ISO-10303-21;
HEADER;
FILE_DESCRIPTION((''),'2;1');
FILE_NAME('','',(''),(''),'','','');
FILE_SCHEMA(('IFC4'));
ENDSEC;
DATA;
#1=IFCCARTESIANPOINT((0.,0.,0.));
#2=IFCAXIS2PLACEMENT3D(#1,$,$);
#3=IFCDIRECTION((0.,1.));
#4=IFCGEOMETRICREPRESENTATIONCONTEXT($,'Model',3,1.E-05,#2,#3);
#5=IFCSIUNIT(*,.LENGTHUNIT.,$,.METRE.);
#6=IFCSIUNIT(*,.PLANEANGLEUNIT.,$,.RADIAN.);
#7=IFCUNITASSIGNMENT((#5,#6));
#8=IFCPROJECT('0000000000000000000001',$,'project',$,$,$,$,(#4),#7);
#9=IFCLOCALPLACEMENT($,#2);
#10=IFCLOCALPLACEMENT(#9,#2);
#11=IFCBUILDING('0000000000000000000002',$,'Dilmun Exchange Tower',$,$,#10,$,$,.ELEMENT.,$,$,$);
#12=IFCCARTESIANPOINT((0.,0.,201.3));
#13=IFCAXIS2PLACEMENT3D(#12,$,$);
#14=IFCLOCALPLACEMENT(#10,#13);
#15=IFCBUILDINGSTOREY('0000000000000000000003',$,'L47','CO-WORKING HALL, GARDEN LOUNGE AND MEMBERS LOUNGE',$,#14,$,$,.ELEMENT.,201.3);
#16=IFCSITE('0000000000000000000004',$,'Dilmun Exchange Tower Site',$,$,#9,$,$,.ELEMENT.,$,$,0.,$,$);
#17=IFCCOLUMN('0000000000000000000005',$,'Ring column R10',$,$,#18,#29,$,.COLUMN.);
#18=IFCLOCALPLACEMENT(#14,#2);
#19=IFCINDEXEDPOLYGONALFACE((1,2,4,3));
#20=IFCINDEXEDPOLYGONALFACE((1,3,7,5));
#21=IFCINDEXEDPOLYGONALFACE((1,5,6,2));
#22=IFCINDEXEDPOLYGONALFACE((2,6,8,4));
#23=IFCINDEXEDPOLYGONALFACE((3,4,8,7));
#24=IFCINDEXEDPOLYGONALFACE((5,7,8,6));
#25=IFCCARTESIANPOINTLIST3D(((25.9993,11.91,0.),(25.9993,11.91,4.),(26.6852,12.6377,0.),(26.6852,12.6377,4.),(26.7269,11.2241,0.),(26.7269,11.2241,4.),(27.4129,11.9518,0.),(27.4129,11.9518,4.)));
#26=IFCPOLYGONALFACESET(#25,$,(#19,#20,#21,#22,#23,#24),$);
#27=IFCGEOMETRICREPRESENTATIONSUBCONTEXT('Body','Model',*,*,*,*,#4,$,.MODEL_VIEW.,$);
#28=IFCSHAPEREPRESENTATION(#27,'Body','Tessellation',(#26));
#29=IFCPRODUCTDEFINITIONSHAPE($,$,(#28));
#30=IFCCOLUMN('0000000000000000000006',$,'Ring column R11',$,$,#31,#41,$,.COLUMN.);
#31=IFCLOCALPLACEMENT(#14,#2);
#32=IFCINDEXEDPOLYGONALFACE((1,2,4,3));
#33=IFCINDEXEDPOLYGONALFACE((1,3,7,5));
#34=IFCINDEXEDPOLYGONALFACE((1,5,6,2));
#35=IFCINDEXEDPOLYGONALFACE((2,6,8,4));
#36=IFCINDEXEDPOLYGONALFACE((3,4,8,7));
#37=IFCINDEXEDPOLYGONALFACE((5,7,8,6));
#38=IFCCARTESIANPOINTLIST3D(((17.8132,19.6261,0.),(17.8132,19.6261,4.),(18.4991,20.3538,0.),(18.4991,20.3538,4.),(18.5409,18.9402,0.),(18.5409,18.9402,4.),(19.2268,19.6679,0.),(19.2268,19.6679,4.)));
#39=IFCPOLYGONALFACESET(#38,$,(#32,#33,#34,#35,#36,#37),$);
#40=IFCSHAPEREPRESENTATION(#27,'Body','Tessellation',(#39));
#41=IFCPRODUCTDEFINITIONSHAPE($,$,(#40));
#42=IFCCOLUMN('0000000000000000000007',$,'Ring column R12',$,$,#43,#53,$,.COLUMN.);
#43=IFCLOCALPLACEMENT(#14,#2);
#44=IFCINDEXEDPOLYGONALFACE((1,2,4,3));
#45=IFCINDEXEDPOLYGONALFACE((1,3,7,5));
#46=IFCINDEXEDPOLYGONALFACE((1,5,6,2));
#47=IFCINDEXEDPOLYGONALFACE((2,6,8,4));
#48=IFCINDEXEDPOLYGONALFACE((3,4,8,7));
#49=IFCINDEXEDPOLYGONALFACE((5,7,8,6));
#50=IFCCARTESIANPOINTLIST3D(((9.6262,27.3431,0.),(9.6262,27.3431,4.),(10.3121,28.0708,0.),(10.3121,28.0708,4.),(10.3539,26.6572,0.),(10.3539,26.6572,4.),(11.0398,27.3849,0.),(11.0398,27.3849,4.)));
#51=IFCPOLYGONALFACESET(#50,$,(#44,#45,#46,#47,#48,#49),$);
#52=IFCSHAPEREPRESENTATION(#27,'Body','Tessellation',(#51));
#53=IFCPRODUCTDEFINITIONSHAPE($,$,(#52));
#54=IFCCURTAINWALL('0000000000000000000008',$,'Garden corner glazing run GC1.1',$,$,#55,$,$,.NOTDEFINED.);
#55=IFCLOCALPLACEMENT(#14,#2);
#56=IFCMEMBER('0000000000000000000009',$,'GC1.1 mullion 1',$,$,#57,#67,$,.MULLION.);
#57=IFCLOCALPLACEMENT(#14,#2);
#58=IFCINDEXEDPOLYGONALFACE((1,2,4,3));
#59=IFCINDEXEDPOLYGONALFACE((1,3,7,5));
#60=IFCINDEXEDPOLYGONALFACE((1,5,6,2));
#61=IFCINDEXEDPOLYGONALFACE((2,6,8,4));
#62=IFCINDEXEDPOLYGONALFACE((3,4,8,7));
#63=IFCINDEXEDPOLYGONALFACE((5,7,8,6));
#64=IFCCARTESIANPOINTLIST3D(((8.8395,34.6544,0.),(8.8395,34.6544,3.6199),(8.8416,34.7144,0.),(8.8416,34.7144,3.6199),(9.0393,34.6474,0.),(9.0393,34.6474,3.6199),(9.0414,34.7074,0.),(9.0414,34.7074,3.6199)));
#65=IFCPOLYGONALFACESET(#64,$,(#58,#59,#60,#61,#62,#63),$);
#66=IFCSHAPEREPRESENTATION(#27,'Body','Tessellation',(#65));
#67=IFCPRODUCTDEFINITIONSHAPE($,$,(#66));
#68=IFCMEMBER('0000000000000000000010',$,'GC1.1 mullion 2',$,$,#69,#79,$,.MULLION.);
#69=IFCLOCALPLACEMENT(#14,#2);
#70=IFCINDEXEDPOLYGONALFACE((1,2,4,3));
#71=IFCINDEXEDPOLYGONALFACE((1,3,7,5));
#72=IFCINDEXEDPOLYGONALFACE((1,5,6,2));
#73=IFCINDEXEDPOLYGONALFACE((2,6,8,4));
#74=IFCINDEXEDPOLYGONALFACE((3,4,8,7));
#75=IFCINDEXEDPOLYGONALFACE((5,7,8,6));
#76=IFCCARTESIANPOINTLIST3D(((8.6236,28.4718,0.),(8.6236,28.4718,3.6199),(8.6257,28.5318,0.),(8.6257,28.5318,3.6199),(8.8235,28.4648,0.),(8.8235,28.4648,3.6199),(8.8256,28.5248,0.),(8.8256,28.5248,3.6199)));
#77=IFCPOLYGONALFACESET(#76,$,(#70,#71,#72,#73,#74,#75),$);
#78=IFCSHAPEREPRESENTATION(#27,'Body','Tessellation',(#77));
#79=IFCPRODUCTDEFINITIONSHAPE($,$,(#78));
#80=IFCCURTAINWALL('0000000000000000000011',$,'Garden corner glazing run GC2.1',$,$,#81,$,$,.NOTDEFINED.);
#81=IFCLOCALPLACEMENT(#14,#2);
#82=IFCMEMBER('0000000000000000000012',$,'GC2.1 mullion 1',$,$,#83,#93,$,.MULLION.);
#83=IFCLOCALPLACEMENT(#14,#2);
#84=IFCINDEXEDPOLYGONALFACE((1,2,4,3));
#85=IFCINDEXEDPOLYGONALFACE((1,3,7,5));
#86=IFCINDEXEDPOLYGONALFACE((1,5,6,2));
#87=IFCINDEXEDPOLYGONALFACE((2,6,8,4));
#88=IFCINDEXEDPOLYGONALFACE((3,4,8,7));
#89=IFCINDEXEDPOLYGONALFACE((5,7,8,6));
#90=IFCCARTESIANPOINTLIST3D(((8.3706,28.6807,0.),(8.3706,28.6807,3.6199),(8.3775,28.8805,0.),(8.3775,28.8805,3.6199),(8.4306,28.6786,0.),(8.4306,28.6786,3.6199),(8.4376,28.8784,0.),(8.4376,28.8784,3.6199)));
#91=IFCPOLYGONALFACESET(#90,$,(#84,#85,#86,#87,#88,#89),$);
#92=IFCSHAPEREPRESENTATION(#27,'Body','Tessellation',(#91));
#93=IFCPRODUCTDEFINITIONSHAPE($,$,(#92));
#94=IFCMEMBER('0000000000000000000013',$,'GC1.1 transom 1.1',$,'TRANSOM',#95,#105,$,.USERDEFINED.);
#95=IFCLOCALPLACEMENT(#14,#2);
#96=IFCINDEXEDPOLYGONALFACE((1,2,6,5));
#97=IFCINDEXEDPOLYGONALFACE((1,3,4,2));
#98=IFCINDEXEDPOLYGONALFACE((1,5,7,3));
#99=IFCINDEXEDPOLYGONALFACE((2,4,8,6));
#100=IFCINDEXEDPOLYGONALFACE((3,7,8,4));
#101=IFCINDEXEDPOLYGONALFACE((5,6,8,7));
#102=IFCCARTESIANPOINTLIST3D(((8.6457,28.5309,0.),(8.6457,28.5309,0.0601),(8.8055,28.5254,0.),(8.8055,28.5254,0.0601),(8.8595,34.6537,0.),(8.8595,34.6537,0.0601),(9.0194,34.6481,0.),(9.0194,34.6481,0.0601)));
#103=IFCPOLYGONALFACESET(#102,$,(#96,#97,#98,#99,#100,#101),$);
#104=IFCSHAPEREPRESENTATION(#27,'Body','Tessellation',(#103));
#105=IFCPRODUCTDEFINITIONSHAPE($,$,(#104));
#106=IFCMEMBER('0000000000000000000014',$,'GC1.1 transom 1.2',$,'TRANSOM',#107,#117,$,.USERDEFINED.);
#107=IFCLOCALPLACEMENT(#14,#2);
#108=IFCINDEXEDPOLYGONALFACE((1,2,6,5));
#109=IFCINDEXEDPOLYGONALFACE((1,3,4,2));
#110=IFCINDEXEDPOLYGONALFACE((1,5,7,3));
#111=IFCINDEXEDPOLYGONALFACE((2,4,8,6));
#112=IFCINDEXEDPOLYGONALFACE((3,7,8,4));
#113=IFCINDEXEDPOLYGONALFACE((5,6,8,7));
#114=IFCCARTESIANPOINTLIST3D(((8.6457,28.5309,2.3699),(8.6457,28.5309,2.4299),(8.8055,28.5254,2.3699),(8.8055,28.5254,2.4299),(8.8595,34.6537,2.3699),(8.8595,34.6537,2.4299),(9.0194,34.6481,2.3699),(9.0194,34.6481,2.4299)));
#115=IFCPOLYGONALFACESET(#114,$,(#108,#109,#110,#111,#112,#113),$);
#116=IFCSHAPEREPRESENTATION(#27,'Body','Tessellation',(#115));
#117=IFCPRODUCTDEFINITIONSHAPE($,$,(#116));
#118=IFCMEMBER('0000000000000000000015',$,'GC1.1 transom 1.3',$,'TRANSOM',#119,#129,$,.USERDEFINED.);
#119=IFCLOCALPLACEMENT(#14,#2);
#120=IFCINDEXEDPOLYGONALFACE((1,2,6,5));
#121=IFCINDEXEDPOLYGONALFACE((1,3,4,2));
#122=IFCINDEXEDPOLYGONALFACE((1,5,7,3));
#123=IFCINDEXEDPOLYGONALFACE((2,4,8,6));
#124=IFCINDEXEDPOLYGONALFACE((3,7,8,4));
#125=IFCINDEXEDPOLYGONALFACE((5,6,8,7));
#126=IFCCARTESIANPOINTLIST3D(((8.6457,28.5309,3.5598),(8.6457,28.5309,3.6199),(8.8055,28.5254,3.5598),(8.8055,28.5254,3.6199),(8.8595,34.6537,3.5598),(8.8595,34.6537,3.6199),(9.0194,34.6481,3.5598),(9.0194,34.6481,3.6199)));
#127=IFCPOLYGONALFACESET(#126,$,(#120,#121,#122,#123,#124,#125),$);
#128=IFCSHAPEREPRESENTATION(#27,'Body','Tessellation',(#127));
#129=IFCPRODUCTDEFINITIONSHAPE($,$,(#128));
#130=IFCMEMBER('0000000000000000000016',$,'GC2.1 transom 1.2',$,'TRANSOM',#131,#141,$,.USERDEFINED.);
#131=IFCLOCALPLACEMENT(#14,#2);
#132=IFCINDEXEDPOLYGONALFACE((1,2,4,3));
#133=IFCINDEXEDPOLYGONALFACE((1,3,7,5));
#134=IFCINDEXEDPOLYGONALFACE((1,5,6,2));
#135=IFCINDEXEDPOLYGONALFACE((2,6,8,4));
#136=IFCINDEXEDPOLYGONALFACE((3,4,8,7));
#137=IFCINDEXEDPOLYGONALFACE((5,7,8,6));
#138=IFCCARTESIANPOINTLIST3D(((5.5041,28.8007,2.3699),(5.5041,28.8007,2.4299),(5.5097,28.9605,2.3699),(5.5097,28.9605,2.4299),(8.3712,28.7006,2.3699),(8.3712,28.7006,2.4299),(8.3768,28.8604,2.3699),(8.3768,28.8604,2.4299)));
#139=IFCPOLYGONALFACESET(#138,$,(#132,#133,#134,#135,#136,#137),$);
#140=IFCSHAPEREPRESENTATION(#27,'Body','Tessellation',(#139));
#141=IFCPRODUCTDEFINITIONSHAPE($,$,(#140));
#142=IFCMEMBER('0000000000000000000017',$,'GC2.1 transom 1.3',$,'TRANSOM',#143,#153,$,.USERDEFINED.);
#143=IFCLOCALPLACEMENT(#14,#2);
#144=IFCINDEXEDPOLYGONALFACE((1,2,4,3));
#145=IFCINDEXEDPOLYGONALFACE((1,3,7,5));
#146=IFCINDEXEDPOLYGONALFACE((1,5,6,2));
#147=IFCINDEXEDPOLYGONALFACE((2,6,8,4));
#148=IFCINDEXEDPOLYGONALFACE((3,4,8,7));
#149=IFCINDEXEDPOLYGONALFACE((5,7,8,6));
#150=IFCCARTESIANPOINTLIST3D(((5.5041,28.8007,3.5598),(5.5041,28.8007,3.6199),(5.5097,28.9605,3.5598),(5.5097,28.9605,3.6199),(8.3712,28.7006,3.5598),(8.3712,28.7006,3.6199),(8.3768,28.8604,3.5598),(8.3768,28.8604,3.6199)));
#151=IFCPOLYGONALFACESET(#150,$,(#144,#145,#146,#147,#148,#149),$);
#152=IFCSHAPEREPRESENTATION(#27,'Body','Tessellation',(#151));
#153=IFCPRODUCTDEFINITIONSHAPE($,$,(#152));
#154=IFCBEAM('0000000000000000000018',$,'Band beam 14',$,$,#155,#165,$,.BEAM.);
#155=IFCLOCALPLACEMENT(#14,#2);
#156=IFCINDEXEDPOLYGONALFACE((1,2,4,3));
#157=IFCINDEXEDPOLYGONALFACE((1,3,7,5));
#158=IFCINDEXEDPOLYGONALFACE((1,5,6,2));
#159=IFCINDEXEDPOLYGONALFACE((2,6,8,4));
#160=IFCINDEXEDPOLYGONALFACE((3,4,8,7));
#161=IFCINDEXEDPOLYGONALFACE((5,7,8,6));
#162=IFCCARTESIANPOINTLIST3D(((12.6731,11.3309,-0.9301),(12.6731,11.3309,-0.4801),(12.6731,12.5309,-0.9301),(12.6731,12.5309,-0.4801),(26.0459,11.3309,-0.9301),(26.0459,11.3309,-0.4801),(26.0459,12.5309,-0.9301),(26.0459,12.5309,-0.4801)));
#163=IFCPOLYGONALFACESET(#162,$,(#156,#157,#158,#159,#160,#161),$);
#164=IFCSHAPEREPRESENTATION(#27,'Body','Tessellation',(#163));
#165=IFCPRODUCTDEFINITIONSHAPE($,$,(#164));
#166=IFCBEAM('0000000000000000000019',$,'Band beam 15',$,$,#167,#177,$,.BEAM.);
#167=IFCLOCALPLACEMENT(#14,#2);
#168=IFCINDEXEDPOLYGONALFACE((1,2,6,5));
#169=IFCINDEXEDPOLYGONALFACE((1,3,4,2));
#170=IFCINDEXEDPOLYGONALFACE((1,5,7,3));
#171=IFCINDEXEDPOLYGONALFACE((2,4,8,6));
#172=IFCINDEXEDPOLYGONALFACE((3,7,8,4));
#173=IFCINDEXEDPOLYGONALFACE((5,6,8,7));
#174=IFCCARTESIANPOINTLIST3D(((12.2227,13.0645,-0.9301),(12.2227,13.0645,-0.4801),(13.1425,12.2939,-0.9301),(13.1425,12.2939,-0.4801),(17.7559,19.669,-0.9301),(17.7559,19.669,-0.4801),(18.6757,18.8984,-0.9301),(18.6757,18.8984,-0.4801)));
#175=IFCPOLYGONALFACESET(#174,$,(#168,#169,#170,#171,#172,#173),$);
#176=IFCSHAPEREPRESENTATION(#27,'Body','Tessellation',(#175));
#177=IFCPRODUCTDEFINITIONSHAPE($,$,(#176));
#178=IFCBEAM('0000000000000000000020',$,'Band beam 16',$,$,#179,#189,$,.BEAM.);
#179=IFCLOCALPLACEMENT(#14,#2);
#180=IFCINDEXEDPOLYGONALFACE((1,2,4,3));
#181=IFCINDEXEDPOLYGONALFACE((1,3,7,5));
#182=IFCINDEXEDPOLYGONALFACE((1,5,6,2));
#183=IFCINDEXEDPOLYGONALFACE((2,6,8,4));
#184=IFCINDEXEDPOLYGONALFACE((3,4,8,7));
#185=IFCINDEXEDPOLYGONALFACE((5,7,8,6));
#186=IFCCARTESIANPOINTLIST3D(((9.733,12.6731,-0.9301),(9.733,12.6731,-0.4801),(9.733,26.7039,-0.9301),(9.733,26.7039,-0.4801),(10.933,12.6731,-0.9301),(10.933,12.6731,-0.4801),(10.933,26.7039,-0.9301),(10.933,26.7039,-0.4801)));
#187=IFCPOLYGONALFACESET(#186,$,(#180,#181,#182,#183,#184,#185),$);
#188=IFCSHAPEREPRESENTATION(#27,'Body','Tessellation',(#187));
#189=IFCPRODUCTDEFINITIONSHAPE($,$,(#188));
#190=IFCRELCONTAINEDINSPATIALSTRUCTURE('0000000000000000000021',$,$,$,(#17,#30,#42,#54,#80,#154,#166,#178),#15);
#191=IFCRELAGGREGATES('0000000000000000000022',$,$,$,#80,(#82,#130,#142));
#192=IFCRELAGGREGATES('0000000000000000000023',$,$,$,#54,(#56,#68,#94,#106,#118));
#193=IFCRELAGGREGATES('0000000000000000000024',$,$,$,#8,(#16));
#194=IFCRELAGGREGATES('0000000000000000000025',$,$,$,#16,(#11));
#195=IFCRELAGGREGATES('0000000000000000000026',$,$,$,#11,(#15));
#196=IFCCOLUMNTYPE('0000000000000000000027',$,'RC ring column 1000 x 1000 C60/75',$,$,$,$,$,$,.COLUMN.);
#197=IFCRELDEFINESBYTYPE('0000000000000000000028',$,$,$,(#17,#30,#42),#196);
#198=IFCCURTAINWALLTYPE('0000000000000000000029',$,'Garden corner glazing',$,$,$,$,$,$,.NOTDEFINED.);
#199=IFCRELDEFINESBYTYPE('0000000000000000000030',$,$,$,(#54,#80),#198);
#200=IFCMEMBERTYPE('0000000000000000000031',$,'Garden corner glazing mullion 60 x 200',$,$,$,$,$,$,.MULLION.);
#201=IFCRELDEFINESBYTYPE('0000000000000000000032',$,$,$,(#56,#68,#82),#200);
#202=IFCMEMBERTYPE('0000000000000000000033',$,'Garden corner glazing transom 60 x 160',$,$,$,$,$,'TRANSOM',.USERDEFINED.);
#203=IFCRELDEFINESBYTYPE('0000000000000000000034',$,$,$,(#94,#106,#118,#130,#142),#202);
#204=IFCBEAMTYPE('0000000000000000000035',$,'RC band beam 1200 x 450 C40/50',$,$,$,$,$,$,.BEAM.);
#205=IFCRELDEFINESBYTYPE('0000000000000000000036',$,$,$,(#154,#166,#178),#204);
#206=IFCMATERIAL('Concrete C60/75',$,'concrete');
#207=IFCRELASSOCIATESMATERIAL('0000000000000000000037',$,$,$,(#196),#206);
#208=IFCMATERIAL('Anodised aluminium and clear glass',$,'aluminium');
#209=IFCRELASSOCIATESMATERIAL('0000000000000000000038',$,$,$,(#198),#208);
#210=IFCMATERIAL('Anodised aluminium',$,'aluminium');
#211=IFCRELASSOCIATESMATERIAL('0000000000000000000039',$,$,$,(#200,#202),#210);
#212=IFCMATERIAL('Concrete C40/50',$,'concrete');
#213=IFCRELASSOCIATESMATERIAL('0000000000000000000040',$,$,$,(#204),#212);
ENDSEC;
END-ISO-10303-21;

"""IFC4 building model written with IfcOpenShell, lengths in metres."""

from ifc_helpers import new_model, si_unit, direction, frame, origin, origin_2d, place, context, subcontext, project, spatial, rectangle, extrude, material, material_profile, profile_set, type_object, element, aggregate, save


model = new_model("IFC4")

# Units and contexts
model_context = context("Model", 3, precision=1e-05, world=origin(), true_north=direction((0.0, 1.0)))
body_context = subcontext(model_context, "Body", "Model", "MODEL_VIEW")
ifc_project = project(units=[si_unit("LENGTHUNIT", "METRE"), si_unit("PLANEANGLEUNIT", "RADIAN")], contexts=[model_context])

# Site, building, storey
site_placement = place(None, origin())
site = spatial("IfcSite", under=ifc_project, at=site_placement, Name="Dilmun Exchange Tower Site", CompositionType="ELEMENT", RefElevation=0.0)
building_placement = place(site_placement, origin())
building = spatial("IfcBuilding", under=site, at=building_placement, Name="Dilmun Exchange Tower", CompositionType="ELEMENT")
storey_placement = place(building_placement, frame((0.0, 0.0, 201.3)))
storey = spatial("IfcBuildingStorey", under=building, at=storey_placement, Name="L47", Description="CO-WORKING HALL, GARDEN LOUNGE AND MEMBERS LOUNGE", CompositionType="ELEMENT", Elevation=201.3)

# Columns
ifc_material_1 = material(Name="Concrete C60/75", Category="concrete")
ifc_material_profile_1 = material_profile(ifc_material_1, rectangle(XDim=1.0, YDim=1.0, at=origin_2d()), Name="1000 x 1000")
ifc_profile_set_1 = profile_set([ifc_material_profile_1], Name="Concrete C60/75")
column_type = type_object("IfcColumnType", Name="RC ring column 1000 x 1000 C60/75", PredefinedType="COLUMN", material=ifc_profile_set_1)
for number, where, z_axis, x_axis, name in (
    (1, (26.7061, 11.9309, 0.0), (0.0, 0.0, 1.0), (0.685916, 0.727681, 0.0), "Ring column R10"),
    (2, (18.52, 19.647, 0.0), (0.0, 0.0, 1.0), (0.685916, 0.727681, 0.0), "Ring column R11"),
    (3, (10.333, 27.364, 0.0), (0.0, 0.0, 1.0), (0.685916, 0.727681, 0.0), "Ring column R12"),
):
    element("IfcColumn", number, at=place(storey_placement, frame(where, z_axis=z_axis, x_axis=x_axis)), inside=storey, type_object=column_type, Name=name, PredefinedType="COLUMN", context=body_context, shape_type="SweptSolid", body=[
        extrude(rectangle(XDim=1.0, YDim=1.0, at=origin_2d()), origin(), (0.0, 0.0, 1.0), 4.0),
    ])

# Curtain wall, members
ifc_material_2 = material(Name="Anodised aluminium and clear glass", Category="aluminium")
curtain_wall_type = type_object("IfcCurtainWallType", Name="Garden corner glazing", PredefinedType="NOTDEFINED", material=ifc_material_2)
curtain_wall_1_placement = place(storey_placement, origin())
curtain_wall_1 = element("IfcCurtainWall", 4, at=curtain_wall_1_placement, inside=storey, type_object=curtain_wall_type, Name="Garden corner glazing run GC1.1", PredefinedType="NOTDEFINED")
ifc_material_3 = material(Name="Anodised aluminium", Category="aluminium")
ifc_material_profile_2 = material_profile(ifc_material_3, rectangle(XDim=0.2, YDim=0.0601, at=origin_2d()), Name="AL 60x200")
ifc_profile_set_2 = profile_set([ifc_material_profile_2], Name="Anodised aluminium")
member_type_1 = type_object("IfcMemberType", Name="Garden corner glazing mullion 60 x 200", PredefinedType="MULLION", material=ifc_profile_set_2)
member_1_placement = place(storey_placement, frame((8.9404, 34.6809, 0.0), z_axis=(0.0, 0.0, 1.0), x_axis=(0.999391, -0.0349, 0.0)))
member_1 = element("IfcMember", 5, at=member_1_placement, type_object=member_type_1, Name="GC1.1 mullion 1", PredefinedType="MULLION", context=body_context, shape_type="SweptSolid", body=[
    extrude(rectangle(XDim=0.2, YDim=0.0601, at=origin_2d()), origin(), (0.0, 0.0, 1.0), 3.6199),
])
member_2_placement = place(storey_placement, frame((8.7246, 28.4983, 0.0), z_axis=(0.0, 0.0, 1.0), x_axis=(0.999391, -0.0349, 0.0)))
member_2 = element("IfcMember", 6, at=member_2_placement, type_object=member_type_1, Name="GC1.1 mullion 2", PredefinedType="MULLION", context=body_context, shape_type="SweptSolid", body=[
    extrude(rectangle(XDim=0.2, YDim=0.0601, at=origin_2d()), origin(), (0.0, 0.0, 1.0), 3.6199),
])

# Curtain wall, member
curtain_wall_2_placement = place(storey_placement, origin())
curtain_wall_2 = element("IfcCurtainWall", 7, at=curtain_wall_2_placement, inside=storey, type_object=curtain_wall_type, Name="Garden corner glazing run GC2.1", PredefinedType="NOTDEFINED")
member_3_placement = place(storey_placement, frame((8.4041, 28.7795, 0.0), z_axis=(0.0, 0.0, 1.0), x_axis=(-0.034893, -0.999391, 0.0)))
member_3 = element("IfcMember", 8, at=member_3_placement, type_object=member_type_1, Name="GC2.1 mullion 1", PredefinedType="MULLION", context=body_context, shape_type="SweptSolid", body=[
    extrude(rectangle(XDim=0.2, YDim=0.0601, at=origin_2d()), origin(), (0.0, 0.0, 1.0), 3.6199),
])

# Members
ifc_material_profile_3 = material_profile(ifc_material_3, rectangle(XDim=0.1599, YDim=0.0601, at=origin_2d()), Name="AL 60x160")
ifc_profile_set_3 = profile_set([ifc_material_profile_3], Name="Anodised aluminium")
member_type_2 = type_object("IfcMemberType", Name="Garden corner glazing transom 60 x 160", ElementType="TRANSOM", PredefinedType="USERDEFINED", material=ifc_profile_set_3)
member_4_placement = place(storey_placement, frame((8.9395, 34.6509, 0.03), z_axis=(-0.034908, -0.999391, 0.0), x_axis=(0.999391, -0.034908, 0.0)))
member_4 = element("IfcMember", 9, at=member_4_placement, type_object=member_type_2, Name="GC1.1 transom 1.1", ObjectType="TRANSOM", PredefinedType="USERDEFINED", context=body_context, shape_type="SweptSolid", body=[
    extrude(rectangle(XDim=0.1599, YDim=0.0601, at=origin_2d()), origin(), (0.0, 0.0, 1.0), 6.1265),
])
member_5_placement = place(storey_placement, frame((8.9395, 34.6509, 2.3999), z_axis=(-0.034908, -0.999391, 0.0), x_axis=(0.999391, -0.034908, 0.0)))
member_5 = element("IfcMember", 10, at=member_5_placement, type_object=member_type_2, Name="GC1.1 transom 1.2", ObjectType="TRANSOM", PredefinedType="USERDEFINED", context=body_context, shape_type="SweptSolid", body=[
    extrude(rectangle(XDim=0.1599, YDim=0.0601, at=origin_2d()), origin(), (0.0, 0.0, 1.0), 6.1265),
])
member_6_placement = place(storey_placement, frame((8.9395, 34.6509, 3.5898), z_axis=(-0.034908, -0.999391, 0.0), x_axis=(0.999391, -0.034908, 0.0)))
member_6 = element("IfcMember", 11, at=member_6_placement, type_object=member_type_2, Name="GC1.1 transom 1.3", ObjectType="TRANSOM", PredefinedType="USERDEFINED", context=body_context, shape_type="SweptSolid", body=[
    extrude(rectangle(XDim=0.1599, YDim=0.0601, at=origin_2d()), origin(), (0.0, 0.0, 1.0), 6.1265),
])
member_7_placement = place(storey_placement, frame((8.374, 28.7805, 2.3999), z_axis=(-0.999391, 0.03489, 0.0), x_axis=(-0.03489, -0.999391, 0.0)))
member_7 = element("IfcMember", 12, at=member_7_placement, type_object=member_type_2, Name="GC2.1 transom 1.2", ObjectType="TRANSOM", PredefinedType="USERDEFINED", context=body_context, shape_type="SweptSolid", body=[
    extrude(rectangle(XDim=0.1599, YDim=0.0601, at=origin_2d()), origin(), (0.0, 0.0, 1.0), 2.8689),
])
member_8_placement = place(storey_placement, frame((8.374, 28.7805, 3.5898), z_axis=(-0.999391, 0.03489, 0.0), x_axis=(-0.03489, -0.999391, 0.0)))
member_8 = element("IfcMember", 13, at=member_8_placement, type_object=member_type_2, Name="GC2.1 transom 1.3", ObjectType="TRANSOM", PredefinedType="USERDEFINED", context=body_context, shape_type="SweptSolid", body=[
    extrude(rectangle(XDim=0.1599, YDim=0.0601, at=origin_2d()), origin(), (0.0, 0.0, 1.0), 2.8689),
])
aggregate(curtain_wall_2, [member_3, member_7, member_8])

# Beams
ifc_material_4 = material(Name="Concrete C40/50", Category="concrete")
ifc_material_profile_4 = material_profile(ifc_material_4, rectangle(XDim=1.2, YDim=0.45, at=origin_2d()), Name="1200 x 450")
ifc_profile_set_4 = profile_set([ifc_material_profile_4], Name="Concrete C40/50")
beam_type_1 = type_object("IfcBeamType", Name="RC band beam 1200 x 450 C40/50", PredefinedType="BEAM", material=ifc_profile_set_4)
beam_1_placement = place(storey_placement, frame((26.0459, 11.9309, -0.7051), z_axis=(-1.0, 0.0, 0.0), x_axis=(0.0, -1.0, 0.0)))
element("IfcBeam", 14, at=beam_1_placement, inside=storey, type_object=beam_type_1, Name="Band beam 14", PredefinedType="BEAM", context=body_context, shape_type="SweptSolid", body=[
    extrude(rectangle(XDim=1.2, YDim=0.45, at=origin_2d()), origin(), (0.0, 0.0, 1.0), 13.3728),
])
beam_2_placement = place(storey_placement, frame((18.2158, 19.2837, -0.7051), z_axis=(-0.6422, -0.766537, 0.0), x_axis=(0.766537, -0.6422, 0.0)))
element("IfcBeam", 15, at=beam_2_placement, inside=storey, type_object=beam_type_1, Name="Band beam 15", PredefinedType="BEAM", context=body_context, shape_type="SweptSolid", body=[
    extrude(rectangle(XDim=1.2, YDim=0.45, at=origin_2d()), origin(), (0.0, 0.0, 1.0), 8.616),
])
beam_3_placement = place(storey_placement, frame((10.333, 26.7039, -0.7051), z_axis=(0.0, -1.0, 0.0), x_axis=(1.0, 0.0, 0.0)))
element("IfcBeam", 16, at=beam_3_placement, inside=storey, type_object=beam_type_1, Name="Band beam 16", PredefinedType="BEAM", context=body_context, shape_type="SweptSolid", body=[
    extrude(rectangle(XDim=1.2, YDim=0.45, at=origin_2d()), origin(), (0.0, 0.0, 1.0), 14.0308),
])

aggregate(curtain_wall_1, [member_1, member_2, member_4, member_5, member_6])

save(model, "model.ifc")
